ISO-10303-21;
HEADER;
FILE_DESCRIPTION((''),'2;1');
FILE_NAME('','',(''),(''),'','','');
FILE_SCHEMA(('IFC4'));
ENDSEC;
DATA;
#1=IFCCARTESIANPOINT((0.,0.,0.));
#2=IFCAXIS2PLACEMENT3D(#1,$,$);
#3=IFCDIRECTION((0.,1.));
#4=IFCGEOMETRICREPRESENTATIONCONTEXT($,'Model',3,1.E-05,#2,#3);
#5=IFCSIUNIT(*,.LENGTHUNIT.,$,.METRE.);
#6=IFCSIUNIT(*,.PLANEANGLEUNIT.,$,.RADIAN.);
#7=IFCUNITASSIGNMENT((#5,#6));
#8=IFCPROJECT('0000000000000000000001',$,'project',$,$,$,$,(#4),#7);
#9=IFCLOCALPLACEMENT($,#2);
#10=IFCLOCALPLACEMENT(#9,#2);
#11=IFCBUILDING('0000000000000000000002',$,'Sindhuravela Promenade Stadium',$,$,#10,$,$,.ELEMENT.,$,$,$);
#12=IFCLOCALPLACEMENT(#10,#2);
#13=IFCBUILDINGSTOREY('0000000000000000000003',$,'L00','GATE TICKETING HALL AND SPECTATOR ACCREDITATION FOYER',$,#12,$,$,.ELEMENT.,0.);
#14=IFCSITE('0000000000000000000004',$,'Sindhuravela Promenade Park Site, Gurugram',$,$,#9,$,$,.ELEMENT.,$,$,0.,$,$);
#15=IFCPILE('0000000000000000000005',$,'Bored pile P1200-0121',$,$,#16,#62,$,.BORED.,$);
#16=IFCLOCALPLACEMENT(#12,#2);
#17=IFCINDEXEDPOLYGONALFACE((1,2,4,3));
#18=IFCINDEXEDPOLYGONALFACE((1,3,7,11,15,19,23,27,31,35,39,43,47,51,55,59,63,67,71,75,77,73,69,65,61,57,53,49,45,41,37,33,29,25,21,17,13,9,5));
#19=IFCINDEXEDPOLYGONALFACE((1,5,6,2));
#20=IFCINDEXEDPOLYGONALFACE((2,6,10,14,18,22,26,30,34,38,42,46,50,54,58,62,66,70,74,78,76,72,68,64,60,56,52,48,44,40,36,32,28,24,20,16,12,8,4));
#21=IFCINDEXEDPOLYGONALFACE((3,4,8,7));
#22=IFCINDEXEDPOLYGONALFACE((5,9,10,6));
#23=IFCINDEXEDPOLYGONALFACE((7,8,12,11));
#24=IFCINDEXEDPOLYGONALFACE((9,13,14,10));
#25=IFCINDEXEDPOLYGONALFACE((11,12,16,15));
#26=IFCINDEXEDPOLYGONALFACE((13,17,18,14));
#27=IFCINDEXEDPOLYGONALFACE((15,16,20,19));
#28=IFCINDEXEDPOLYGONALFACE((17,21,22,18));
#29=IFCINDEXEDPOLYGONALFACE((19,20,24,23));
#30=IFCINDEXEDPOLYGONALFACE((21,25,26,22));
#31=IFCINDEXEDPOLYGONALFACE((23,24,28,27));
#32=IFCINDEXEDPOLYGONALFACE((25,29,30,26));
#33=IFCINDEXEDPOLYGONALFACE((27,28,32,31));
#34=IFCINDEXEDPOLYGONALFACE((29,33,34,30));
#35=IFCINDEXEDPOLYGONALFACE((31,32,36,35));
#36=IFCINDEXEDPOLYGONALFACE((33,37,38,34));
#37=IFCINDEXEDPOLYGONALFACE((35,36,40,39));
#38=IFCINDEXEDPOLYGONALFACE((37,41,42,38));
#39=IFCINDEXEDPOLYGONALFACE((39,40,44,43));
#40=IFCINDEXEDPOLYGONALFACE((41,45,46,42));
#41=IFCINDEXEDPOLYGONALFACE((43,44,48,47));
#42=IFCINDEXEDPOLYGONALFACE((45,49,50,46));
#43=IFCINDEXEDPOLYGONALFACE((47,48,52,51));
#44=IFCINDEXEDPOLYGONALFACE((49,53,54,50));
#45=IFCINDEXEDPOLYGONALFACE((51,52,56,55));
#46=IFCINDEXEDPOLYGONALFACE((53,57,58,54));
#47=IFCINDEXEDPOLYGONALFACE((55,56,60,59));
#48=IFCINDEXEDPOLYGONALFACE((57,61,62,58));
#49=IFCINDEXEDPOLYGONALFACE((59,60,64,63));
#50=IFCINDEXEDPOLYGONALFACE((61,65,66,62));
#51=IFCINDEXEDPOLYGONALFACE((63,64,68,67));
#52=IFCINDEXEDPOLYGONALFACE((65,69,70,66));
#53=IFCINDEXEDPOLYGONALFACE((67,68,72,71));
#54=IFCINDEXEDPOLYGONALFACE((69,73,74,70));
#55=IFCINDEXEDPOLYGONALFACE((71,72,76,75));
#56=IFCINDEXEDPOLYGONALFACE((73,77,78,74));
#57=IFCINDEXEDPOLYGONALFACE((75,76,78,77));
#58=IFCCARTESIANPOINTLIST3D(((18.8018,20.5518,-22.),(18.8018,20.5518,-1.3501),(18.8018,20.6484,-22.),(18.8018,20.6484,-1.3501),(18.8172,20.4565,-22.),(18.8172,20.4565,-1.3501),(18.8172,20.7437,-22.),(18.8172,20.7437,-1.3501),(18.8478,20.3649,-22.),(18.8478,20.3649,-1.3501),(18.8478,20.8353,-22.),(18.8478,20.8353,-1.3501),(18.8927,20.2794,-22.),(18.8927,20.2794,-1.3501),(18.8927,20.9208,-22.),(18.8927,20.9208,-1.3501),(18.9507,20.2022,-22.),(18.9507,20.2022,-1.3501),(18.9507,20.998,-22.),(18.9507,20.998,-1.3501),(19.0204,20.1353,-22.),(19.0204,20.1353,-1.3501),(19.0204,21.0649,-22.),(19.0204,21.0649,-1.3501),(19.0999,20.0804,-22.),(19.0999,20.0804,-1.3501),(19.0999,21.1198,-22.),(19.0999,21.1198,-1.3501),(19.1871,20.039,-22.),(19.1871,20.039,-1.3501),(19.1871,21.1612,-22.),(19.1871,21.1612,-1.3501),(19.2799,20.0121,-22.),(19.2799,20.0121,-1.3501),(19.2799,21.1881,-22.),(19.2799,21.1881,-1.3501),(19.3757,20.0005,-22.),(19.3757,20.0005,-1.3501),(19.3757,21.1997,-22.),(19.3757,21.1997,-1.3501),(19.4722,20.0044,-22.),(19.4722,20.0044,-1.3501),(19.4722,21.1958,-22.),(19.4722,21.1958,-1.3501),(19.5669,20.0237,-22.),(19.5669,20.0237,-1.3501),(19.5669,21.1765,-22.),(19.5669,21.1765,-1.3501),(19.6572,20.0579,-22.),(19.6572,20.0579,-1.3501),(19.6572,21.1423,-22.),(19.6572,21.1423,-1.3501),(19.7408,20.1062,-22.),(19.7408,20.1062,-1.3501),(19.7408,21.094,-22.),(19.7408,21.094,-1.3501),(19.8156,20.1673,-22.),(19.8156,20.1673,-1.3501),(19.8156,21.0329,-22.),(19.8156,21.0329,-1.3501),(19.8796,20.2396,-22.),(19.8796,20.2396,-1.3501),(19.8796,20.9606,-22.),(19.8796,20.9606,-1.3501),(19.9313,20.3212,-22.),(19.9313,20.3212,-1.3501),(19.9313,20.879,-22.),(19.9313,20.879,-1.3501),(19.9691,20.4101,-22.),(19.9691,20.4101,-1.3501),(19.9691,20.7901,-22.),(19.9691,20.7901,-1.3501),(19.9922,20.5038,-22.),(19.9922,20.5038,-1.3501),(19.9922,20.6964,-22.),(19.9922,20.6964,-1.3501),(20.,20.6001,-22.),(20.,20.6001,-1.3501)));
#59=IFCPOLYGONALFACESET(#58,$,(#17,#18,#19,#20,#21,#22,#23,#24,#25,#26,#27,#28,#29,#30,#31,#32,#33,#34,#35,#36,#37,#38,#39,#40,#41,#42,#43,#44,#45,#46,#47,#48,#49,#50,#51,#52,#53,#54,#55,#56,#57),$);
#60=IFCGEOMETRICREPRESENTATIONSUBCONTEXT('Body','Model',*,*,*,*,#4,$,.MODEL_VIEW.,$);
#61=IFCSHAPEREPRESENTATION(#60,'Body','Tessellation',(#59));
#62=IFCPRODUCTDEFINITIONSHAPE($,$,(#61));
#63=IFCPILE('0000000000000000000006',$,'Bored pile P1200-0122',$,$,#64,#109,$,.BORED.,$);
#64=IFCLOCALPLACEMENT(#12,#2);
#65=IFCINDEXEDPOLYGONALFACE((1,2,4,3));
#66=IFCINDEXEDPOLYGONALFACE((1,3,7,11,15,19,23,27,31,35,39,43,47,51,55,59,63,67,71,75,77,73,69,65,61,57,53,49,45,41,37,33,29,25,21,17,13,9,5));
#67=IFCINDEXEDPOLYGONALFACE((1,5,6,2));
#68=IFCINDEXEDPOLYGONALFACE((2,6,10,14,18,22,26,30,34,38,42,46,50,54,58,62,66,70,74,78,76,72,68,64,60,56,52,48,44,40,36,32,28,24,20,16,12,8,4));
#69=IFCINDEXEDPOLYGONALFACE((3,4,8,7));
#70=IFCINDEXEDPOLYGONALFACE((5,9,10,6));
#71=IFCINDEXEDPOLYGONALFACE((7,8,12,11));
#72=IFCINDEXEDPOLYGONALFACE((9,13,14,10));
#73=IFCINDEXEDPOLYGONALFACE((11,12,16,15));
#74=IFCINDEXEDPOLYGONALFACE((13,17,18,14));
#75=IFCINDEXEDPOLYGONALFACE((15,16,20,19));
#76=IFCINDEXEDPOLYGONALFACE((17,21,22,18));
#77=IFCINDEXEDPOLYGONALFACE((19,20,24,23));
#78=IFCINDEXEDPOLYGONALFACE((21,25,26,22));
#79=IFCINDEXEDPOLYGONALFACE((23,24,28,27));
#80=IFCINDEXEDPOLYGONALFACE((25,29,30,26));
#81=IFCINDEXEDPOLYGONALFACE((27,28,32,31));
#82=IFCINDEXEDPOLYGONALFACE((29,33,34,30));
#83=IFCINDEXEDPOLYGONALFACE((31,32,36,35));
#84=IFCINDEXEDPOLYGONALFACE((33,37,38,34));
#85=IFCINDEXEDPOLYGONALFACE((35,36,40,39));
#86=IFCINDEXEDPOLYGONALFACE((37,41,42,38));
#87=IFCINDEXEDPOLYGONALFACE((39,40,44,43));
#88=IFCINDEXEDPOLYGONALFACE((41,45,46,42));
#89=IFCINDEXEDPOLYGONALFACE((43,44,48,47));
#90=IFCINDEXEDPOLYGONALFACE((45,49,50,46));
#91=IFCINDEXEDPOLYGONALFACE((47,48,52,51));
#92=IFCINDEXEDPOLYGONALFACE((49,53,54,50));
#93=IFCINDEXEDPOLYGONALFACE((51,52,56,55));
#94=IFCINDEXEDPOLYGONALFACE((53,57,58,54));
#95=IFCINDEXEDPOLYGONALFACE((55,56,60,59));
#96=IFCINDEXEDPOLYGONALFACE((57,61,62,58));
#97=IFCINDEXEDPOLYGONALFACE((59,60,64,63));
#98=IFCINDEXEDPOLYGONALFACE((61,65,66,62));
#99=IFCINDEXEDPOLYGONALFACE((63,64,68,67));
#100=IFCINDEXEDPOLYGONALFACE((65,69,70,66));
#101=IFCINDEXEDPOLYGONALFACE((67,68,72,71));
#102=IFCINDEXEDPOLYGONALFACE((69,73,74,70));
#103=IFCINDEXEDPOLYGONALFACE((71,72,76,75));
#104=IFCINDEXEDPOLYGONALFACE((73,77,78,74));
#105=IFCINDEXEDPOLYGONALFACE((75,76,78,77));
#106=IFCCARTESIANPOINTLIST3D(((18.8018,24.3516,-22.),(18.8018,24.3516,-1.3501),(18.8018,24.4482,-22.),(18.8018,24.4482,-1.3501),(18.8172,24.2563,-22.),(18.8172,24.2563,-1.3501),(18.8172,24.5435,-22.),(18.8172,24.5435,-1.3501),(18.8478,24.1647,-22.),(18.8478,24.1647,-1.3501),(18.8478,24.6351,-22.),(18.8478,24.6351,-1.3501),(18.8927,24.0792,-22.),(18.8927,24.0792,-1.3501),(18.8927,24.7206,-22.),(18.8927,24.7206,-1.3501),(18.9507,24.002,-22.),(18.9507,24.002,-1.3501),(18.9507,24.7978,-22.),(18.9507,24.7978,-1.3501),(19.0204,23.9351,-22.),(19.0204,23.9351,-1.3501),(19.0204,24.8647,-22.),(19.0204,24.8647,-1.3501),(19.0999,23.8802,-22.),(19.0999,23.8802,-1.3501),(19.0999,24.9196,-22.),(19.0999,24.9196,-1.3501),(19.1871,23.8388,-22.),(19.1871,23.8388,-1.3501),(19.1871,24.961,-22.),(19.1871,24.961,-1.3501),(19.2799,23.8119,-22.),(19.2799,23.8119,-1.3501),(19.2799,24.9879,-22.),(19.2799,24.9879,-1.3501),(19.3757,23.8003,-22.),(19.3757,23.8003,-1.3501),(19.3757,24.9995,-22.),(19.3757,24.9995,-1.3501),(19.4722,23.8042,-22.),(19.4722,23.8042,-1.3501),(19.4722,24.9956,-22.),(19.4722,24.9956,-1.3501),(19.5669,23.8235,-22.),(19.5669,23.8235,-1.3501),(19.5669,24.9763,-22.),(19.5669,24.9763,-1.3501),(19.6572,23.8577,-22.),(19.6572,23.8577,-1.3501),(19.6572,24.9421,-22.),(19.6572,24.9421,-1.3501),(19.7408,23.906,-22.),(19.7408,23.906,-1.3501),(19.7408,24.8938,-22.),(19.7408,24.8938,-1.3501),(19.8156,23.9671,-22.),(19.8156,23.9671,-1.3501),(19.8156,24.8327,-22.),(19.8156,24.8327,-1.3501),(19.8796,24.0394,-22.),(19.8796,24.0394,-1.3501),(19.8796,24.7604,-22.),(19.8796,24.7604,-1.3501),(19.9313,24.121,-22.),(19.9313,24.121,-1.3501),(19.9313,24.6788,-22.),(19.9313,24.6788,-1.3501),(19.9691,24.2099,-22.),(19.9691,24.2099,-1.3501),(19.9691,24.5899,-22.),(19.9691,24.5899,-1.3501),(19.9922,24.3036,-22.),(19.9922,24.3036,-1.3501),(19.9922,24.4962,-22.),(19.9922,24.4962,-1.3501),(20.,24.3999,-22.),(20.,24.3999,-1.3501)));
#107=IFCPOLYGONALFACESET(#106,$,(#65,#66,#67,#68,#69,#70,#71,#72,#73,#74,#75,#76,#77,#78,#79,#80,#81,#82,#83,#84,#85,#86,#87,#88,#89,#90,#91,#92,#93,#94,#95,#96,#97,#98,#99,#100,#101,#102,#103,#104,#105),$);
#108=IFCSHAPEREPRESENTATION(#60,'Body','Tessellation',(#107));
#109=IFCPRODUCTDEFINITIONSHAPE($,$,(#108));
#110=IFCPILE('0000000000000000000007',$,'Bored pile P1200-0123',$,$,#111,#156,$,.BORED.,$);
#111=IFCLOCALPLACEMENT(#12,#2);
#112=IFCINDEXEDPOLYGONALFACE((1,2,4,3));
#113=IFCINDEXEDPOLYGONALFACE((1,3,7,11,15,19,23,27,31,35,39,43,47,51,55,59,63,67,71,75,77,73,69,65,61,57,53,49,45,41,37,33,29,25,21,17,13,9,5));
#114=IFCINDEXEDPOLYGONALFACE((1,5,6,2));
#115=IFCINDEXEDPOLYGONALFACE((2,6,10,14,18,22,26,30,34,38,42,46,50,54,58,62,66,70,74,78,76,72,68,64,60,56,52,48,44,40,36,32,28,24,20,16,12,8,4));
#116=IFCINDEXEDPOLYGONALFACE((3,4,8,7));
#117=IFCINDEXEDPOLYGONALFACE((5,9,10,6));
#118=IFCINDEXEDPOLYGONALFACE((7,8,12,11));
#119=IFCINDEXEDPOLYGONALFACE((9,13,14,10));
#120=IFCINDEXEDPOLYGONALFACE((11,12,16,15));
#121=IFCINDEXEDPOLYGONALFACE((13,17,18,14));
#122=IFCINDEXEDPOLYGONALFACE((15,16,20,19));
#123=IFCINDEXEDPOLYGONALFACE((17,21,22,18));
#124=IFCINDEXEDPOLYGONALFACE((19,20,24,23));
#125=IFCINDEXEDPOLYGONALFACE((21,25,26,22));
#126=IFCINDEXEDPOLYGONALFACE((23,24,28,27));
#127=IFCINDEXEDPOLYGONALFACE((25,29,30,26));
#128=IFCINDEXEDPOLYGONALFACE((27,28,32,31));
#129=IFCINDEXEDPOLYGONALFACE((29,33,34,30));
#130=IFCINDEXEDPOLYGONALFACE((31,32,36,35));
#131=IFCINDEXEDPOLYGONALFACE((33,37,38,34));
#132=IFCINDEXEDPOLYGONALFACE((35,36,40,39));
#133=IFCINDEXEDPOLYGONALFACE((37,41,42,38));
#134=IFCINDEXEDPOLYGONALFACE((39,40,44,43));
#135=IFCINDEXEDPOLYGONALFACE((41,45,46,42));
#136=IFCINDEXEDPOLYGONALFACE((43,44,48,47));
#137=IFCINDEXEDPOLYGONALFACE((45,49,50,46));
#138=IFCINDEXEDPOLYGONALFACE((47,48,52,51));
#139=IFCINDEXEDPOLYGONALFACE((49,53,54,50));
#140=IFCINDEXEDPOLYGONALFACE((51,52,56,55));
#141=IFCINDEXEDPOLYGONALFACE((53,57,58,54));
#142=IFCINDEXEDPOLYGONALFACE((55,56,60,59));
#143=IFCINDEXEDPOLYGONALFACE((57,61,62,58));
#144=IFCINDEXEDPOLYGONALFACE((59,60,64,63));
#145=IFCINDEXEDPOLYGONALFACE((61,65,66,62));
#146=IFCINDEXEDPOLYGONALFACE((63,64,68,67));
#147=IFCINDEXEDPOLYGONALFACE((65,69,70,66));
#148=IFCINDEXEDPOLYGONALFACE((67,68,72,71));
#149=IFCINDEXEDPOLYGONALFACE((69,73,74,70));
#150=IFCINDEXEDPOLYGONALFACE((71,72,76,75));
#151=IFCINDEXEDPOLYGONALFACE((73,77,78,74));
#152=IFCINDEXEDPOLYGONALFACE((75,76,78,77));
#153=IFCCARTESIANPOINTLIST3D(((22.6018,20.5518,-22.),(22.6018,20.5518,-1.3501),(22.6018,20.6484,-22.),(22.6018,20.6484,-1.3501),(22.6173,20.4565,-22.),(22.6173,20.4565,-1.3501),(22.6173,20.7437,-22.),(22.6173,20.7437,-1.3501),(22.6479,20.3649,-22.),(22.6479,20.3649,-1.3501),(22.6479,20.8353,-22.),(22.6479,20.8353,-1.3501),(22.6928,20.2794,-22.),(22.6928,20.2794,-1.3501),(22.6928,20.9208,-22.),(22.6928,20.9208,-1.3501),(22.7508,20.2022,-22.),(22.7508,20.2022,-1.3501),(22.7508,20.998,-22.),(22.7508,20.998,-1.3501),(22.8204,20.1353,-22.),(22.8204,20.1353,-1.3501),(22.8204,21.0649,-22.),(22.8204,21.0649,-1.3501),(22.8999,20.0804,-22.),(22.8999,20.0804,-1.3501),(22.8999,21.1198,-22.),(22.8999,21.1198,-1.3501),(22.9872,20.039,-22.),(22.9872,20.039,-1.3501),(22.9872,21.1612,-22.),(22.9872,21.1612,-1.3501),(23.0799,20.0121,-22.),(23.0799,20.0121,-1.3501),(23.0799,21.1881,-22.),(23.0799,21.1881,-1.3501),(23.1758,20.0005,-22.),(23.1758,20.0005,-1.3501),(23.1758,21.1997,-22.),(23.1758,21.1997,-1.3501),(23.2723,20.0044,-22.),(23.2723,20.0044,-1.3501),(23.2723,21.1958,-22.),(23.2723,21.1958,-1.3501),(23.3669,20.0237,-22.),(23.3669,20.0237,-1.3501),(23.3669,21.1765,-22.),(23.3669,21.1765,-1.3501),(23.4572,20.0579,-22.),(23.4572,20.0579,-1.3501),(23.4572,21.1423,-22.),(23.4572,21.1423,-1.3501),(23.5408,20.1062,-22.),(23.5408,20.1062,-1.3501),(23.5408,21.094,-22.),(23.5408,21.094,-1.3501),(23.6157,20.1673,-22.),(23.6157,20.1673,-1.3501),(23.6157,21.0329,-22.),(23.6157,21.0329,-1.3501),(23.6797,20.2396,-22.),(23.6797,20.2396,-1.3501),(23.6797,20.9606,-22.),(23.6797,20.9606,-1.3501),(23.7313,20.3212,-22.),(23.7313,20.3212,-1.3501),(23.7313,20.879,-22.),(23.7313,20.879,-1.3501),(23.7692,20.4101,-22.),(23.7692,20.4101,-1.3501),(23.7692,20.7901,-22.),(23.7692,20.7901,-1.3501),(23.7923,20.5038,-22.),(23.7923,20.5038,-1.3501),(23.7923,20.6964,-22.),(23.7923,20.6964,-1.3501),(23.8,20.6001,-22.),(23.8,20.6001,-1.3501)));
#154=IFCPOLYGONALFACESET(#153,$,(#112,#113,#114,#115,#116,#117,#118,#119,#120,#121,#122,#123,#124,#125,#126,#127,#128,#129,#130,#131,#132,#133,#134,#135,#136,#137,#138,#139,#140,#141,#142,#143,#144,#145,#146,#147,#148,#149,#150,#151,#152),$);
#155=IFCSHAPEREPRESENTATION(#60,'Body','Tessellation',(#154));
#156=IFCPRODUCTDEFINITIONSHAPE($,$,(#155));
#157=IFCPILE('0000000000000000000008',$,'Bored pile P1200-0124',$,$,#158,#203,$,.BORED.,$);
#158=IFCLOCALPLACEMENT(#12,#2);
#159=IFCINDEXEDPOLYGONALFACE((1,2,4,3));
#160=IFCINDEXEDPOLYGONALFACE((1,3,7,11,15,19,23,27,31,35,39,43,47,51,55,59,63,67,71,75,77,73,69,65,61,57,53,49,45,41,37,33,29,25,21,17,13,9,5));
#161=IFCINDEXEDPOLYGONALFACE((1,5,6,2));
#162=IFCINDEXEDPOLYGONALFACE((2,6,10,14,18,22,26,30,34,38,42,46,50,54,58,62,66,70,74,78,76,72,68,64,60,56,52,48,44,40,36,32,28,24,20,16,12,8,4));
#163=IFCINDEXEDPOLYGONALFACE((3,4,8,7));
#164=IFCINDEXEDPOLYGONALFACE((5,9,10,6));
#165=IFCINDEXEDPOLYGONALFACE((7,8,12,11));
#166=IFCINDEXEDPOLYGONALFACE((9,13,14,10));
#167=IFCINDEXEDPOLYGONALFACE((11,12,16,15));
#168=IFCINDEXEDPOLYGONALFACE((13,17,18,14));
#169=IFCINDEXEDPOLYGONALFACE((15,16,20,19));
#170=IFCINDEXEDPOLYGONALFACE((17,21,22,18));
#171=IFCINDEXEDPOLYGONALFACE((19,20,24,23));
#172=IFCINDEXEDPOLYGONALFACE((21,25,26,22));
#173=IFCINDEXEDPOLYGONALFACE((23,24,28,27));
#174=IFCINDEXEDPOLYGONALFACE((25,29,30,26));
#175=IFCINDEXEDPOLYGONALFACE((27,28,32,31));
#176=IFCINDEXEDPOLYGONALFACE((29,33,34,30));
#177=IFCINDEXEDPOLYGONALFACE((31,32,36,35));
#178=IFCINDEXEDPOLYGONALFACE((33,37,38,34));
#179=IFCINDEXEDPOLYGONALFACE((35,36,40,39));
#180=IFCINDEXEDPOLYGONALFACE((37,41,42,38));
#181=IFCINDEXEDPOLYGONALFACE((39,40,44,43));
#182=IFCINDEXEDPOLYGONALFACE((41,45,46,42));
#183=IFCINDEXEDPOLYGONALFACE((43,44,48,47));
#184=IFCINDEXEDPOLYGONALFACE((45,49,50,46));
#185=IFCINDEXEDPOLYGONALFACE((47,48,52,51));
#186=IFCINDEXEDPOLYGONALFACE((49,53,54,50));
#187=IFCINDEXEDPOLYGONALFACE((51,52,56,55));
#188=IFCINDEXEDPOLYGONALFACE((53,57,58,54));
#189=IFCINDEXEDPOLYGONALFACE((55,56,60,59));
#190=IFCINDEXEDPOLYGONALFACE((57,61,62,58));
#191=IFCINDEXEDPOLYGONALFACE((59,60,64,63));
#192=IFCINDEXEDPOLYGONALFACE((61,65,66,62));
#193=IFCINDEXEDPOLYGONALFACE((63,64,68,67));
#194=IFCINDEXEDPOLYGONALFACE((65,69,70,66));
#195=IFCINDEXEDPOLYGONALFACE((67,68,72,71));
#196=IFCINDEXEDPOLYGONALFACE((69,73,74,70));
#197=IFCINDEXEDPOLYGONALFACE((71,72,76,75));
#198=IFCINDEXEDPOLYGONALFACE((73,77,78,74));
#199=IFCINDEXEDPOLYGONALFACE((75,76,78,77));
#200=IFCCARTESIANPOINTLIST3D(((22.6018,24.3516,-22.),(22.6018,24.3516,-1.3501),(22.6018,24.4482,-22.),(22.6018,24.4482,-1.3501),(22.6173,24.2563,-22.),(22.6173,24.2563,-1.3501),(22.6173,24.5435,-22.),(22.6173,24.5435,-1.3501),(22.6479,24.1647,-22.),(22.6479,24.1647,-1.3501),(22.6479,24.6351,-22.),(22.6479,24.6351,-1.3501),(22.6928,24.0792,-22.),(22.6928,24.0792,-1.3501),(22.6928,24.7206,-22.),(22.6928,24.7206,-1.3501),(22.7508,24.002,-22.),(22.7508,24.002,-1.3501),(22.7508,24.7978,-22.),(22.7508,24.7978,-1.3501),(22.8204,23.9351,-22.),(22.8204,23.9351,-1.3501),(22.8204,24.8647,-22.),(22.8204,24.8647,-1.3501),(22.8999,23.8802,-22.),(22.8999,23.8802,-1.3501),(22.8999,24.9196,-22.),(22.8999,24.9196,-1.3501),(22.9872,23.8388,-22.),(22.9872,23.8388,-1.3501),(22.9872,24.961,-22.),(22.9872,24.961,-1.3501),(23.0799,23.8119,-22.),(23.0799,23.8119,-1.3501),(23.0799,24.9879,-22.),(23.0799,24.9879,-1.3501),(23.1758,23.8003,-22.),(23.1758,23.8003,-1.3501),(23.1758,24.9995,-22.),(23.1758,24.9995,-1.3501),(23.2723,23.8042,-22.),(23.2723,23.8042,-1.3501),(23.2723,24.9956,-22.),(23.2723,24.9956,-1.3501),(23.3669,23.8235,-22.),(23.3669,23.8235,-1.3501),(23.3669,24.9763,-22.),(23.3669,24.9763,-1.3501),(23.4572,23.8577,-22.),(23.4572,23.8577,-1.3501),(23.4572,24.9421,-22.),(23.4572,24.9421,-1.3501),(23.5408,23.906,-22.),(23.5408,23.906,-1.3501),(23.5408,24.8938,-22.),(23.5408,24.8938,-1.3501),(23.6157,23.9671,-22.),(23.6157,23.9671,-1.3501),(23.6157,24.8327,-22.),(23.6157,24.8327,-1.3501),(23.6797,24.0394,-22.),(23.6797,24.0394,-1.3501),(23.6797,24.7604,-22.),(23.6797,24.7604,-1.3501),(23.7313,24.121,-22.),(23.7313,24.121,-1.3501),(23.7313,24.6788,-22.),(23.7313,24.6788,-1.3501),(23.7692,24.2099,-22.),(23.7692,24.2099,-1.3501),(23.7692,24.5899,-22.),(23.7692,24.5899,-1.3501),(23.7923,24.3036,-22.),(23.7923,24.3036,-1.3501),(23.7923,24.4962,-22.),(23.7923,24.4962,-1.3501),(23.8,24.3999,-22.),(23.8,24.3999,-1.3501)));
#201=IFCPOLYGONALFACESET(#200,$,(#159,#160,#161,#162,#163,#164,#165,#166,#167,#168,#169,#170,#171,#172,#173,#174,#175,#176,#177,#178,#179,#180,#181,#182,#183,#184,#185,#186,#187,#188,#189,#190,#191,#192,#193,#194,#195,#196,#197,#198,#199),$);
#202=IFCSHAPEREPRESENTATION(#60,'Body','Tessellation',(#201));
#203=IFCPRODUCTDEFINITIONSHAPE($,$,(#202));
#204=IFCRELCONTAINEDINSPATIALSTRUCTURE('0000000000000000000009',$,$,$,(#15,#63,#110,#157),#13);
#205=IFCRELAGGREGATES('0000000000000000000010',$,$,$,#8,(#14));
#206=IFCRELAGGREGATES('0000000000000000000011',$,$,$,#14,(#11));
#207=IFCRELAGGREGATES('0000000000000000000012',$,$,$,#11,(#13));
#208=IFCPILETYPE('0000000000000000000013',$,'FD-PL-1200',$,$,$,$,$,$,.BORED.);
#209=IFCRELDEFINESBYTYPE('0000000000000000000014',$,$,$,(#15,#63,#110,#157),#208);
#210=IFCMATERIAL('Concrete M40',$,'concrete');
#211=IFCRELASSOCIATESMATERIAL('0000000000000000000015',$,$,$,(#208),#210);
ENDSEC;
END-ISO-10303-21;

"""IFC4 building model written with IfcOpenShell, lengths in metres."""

from ifc_helpers import new_model, si_unit, direction, frame, origin, origin_2d, place, context, subcontext, project, spatial, circle, extrude, material, material_profile, profile_set, type_object, element, save


model = new_model("IFC4")

# Units and contexts
model_context = context("Model", 3, precision=1e-05, world=origin(), true_north=direction((0.0, 1.0)))
body_context = subcontext(model_context, "Body", "Model", "MODEL_VIEW")
ifc_project = project(units=[si_unit("LENGTHUNIT", "METRE"), si_unit("PLANEANGLEUNIT", "RADIAN")], contexts=[model_context])

# Site, building, storey
site_placement = place(None, origin())
site = spatial("IfcSite", under=ifc_project, at=site_placement, Name="Sindhuravela Promenade Park Site, Gurugram", CompositionType="ELEMENT", RefElevation=0.0)
building_placement = place(site_placement, origin())
building = spatial("IfcBuilding", under=site, at=building_placement, Name="Sindhuravela Promenade Stadium", CompositionType="ELEMENT")
storey_placement = place(building_placement, origin())
storey = spatial("IfcBuildingStorey", under=building, at=storey_placement, Name="L00", Description="GATE TICKETING HALL AND SPECTATOR ACCREDITATION FOYER", CompositionType="ELEMENT", Elevation=0.0)

# Piles
ifc_material_1 = material(Name="Concrete M40", Category="concrete")
ifc_material_profile_1 = material_profile(ifc_material_1, circle(Radius=0.6001, at=origin_2d()), Name="BORED PILE D1200")
ifc_profile_set_1 = profile_set([ifc_material_profile_1], Name="Concrete M40")
pile_type_1 = type_object("IfcPileType", Name="FD-PL-1200", PredefinedType="BORED", material=ifc_profile_set_1)
for number, where, z_axis, x_axis, name in (
    (1, (19.3999, 20.6001, -1.3501), (0.0, 0.0, -1.0), (1.0, 0.0, 0.0), "Bored pile P1200-0121"),
    (2, (19.3999, 24.3999, -1.3501), (0.0, 0.0, -1.0), (1.0, 0.0, 0.0), "Bored pile P1200-0122"),
    (3, (23.2, 20.6001, -1.3501), (0.0, 0.0, -1.0), (1.0, 0.0, 0.0), "Bored pile P1200-0123"),
    (4, (23.2, 24.3999, -1.3501), (0.0, 0.0, -1.0), (1.0, 0.0, 0.0), "Bored pile P1200-0124"),
):
    element("IfcPile", number, at=place(storey_placement, frame(where, z_axis=z_axis, x_axis=x_axis)), inside=storey, type_object=pile_type_1, Name=name, PredefinedType="BORED", context=body_context, shape_type="SweptSolid", body=[
        extrude(circle(Radius=0.6001, at=origin_2d()), origin(), (0.0, 0.0, 1.0), 20.6499),
    ])

save(model, "model.ifc")
